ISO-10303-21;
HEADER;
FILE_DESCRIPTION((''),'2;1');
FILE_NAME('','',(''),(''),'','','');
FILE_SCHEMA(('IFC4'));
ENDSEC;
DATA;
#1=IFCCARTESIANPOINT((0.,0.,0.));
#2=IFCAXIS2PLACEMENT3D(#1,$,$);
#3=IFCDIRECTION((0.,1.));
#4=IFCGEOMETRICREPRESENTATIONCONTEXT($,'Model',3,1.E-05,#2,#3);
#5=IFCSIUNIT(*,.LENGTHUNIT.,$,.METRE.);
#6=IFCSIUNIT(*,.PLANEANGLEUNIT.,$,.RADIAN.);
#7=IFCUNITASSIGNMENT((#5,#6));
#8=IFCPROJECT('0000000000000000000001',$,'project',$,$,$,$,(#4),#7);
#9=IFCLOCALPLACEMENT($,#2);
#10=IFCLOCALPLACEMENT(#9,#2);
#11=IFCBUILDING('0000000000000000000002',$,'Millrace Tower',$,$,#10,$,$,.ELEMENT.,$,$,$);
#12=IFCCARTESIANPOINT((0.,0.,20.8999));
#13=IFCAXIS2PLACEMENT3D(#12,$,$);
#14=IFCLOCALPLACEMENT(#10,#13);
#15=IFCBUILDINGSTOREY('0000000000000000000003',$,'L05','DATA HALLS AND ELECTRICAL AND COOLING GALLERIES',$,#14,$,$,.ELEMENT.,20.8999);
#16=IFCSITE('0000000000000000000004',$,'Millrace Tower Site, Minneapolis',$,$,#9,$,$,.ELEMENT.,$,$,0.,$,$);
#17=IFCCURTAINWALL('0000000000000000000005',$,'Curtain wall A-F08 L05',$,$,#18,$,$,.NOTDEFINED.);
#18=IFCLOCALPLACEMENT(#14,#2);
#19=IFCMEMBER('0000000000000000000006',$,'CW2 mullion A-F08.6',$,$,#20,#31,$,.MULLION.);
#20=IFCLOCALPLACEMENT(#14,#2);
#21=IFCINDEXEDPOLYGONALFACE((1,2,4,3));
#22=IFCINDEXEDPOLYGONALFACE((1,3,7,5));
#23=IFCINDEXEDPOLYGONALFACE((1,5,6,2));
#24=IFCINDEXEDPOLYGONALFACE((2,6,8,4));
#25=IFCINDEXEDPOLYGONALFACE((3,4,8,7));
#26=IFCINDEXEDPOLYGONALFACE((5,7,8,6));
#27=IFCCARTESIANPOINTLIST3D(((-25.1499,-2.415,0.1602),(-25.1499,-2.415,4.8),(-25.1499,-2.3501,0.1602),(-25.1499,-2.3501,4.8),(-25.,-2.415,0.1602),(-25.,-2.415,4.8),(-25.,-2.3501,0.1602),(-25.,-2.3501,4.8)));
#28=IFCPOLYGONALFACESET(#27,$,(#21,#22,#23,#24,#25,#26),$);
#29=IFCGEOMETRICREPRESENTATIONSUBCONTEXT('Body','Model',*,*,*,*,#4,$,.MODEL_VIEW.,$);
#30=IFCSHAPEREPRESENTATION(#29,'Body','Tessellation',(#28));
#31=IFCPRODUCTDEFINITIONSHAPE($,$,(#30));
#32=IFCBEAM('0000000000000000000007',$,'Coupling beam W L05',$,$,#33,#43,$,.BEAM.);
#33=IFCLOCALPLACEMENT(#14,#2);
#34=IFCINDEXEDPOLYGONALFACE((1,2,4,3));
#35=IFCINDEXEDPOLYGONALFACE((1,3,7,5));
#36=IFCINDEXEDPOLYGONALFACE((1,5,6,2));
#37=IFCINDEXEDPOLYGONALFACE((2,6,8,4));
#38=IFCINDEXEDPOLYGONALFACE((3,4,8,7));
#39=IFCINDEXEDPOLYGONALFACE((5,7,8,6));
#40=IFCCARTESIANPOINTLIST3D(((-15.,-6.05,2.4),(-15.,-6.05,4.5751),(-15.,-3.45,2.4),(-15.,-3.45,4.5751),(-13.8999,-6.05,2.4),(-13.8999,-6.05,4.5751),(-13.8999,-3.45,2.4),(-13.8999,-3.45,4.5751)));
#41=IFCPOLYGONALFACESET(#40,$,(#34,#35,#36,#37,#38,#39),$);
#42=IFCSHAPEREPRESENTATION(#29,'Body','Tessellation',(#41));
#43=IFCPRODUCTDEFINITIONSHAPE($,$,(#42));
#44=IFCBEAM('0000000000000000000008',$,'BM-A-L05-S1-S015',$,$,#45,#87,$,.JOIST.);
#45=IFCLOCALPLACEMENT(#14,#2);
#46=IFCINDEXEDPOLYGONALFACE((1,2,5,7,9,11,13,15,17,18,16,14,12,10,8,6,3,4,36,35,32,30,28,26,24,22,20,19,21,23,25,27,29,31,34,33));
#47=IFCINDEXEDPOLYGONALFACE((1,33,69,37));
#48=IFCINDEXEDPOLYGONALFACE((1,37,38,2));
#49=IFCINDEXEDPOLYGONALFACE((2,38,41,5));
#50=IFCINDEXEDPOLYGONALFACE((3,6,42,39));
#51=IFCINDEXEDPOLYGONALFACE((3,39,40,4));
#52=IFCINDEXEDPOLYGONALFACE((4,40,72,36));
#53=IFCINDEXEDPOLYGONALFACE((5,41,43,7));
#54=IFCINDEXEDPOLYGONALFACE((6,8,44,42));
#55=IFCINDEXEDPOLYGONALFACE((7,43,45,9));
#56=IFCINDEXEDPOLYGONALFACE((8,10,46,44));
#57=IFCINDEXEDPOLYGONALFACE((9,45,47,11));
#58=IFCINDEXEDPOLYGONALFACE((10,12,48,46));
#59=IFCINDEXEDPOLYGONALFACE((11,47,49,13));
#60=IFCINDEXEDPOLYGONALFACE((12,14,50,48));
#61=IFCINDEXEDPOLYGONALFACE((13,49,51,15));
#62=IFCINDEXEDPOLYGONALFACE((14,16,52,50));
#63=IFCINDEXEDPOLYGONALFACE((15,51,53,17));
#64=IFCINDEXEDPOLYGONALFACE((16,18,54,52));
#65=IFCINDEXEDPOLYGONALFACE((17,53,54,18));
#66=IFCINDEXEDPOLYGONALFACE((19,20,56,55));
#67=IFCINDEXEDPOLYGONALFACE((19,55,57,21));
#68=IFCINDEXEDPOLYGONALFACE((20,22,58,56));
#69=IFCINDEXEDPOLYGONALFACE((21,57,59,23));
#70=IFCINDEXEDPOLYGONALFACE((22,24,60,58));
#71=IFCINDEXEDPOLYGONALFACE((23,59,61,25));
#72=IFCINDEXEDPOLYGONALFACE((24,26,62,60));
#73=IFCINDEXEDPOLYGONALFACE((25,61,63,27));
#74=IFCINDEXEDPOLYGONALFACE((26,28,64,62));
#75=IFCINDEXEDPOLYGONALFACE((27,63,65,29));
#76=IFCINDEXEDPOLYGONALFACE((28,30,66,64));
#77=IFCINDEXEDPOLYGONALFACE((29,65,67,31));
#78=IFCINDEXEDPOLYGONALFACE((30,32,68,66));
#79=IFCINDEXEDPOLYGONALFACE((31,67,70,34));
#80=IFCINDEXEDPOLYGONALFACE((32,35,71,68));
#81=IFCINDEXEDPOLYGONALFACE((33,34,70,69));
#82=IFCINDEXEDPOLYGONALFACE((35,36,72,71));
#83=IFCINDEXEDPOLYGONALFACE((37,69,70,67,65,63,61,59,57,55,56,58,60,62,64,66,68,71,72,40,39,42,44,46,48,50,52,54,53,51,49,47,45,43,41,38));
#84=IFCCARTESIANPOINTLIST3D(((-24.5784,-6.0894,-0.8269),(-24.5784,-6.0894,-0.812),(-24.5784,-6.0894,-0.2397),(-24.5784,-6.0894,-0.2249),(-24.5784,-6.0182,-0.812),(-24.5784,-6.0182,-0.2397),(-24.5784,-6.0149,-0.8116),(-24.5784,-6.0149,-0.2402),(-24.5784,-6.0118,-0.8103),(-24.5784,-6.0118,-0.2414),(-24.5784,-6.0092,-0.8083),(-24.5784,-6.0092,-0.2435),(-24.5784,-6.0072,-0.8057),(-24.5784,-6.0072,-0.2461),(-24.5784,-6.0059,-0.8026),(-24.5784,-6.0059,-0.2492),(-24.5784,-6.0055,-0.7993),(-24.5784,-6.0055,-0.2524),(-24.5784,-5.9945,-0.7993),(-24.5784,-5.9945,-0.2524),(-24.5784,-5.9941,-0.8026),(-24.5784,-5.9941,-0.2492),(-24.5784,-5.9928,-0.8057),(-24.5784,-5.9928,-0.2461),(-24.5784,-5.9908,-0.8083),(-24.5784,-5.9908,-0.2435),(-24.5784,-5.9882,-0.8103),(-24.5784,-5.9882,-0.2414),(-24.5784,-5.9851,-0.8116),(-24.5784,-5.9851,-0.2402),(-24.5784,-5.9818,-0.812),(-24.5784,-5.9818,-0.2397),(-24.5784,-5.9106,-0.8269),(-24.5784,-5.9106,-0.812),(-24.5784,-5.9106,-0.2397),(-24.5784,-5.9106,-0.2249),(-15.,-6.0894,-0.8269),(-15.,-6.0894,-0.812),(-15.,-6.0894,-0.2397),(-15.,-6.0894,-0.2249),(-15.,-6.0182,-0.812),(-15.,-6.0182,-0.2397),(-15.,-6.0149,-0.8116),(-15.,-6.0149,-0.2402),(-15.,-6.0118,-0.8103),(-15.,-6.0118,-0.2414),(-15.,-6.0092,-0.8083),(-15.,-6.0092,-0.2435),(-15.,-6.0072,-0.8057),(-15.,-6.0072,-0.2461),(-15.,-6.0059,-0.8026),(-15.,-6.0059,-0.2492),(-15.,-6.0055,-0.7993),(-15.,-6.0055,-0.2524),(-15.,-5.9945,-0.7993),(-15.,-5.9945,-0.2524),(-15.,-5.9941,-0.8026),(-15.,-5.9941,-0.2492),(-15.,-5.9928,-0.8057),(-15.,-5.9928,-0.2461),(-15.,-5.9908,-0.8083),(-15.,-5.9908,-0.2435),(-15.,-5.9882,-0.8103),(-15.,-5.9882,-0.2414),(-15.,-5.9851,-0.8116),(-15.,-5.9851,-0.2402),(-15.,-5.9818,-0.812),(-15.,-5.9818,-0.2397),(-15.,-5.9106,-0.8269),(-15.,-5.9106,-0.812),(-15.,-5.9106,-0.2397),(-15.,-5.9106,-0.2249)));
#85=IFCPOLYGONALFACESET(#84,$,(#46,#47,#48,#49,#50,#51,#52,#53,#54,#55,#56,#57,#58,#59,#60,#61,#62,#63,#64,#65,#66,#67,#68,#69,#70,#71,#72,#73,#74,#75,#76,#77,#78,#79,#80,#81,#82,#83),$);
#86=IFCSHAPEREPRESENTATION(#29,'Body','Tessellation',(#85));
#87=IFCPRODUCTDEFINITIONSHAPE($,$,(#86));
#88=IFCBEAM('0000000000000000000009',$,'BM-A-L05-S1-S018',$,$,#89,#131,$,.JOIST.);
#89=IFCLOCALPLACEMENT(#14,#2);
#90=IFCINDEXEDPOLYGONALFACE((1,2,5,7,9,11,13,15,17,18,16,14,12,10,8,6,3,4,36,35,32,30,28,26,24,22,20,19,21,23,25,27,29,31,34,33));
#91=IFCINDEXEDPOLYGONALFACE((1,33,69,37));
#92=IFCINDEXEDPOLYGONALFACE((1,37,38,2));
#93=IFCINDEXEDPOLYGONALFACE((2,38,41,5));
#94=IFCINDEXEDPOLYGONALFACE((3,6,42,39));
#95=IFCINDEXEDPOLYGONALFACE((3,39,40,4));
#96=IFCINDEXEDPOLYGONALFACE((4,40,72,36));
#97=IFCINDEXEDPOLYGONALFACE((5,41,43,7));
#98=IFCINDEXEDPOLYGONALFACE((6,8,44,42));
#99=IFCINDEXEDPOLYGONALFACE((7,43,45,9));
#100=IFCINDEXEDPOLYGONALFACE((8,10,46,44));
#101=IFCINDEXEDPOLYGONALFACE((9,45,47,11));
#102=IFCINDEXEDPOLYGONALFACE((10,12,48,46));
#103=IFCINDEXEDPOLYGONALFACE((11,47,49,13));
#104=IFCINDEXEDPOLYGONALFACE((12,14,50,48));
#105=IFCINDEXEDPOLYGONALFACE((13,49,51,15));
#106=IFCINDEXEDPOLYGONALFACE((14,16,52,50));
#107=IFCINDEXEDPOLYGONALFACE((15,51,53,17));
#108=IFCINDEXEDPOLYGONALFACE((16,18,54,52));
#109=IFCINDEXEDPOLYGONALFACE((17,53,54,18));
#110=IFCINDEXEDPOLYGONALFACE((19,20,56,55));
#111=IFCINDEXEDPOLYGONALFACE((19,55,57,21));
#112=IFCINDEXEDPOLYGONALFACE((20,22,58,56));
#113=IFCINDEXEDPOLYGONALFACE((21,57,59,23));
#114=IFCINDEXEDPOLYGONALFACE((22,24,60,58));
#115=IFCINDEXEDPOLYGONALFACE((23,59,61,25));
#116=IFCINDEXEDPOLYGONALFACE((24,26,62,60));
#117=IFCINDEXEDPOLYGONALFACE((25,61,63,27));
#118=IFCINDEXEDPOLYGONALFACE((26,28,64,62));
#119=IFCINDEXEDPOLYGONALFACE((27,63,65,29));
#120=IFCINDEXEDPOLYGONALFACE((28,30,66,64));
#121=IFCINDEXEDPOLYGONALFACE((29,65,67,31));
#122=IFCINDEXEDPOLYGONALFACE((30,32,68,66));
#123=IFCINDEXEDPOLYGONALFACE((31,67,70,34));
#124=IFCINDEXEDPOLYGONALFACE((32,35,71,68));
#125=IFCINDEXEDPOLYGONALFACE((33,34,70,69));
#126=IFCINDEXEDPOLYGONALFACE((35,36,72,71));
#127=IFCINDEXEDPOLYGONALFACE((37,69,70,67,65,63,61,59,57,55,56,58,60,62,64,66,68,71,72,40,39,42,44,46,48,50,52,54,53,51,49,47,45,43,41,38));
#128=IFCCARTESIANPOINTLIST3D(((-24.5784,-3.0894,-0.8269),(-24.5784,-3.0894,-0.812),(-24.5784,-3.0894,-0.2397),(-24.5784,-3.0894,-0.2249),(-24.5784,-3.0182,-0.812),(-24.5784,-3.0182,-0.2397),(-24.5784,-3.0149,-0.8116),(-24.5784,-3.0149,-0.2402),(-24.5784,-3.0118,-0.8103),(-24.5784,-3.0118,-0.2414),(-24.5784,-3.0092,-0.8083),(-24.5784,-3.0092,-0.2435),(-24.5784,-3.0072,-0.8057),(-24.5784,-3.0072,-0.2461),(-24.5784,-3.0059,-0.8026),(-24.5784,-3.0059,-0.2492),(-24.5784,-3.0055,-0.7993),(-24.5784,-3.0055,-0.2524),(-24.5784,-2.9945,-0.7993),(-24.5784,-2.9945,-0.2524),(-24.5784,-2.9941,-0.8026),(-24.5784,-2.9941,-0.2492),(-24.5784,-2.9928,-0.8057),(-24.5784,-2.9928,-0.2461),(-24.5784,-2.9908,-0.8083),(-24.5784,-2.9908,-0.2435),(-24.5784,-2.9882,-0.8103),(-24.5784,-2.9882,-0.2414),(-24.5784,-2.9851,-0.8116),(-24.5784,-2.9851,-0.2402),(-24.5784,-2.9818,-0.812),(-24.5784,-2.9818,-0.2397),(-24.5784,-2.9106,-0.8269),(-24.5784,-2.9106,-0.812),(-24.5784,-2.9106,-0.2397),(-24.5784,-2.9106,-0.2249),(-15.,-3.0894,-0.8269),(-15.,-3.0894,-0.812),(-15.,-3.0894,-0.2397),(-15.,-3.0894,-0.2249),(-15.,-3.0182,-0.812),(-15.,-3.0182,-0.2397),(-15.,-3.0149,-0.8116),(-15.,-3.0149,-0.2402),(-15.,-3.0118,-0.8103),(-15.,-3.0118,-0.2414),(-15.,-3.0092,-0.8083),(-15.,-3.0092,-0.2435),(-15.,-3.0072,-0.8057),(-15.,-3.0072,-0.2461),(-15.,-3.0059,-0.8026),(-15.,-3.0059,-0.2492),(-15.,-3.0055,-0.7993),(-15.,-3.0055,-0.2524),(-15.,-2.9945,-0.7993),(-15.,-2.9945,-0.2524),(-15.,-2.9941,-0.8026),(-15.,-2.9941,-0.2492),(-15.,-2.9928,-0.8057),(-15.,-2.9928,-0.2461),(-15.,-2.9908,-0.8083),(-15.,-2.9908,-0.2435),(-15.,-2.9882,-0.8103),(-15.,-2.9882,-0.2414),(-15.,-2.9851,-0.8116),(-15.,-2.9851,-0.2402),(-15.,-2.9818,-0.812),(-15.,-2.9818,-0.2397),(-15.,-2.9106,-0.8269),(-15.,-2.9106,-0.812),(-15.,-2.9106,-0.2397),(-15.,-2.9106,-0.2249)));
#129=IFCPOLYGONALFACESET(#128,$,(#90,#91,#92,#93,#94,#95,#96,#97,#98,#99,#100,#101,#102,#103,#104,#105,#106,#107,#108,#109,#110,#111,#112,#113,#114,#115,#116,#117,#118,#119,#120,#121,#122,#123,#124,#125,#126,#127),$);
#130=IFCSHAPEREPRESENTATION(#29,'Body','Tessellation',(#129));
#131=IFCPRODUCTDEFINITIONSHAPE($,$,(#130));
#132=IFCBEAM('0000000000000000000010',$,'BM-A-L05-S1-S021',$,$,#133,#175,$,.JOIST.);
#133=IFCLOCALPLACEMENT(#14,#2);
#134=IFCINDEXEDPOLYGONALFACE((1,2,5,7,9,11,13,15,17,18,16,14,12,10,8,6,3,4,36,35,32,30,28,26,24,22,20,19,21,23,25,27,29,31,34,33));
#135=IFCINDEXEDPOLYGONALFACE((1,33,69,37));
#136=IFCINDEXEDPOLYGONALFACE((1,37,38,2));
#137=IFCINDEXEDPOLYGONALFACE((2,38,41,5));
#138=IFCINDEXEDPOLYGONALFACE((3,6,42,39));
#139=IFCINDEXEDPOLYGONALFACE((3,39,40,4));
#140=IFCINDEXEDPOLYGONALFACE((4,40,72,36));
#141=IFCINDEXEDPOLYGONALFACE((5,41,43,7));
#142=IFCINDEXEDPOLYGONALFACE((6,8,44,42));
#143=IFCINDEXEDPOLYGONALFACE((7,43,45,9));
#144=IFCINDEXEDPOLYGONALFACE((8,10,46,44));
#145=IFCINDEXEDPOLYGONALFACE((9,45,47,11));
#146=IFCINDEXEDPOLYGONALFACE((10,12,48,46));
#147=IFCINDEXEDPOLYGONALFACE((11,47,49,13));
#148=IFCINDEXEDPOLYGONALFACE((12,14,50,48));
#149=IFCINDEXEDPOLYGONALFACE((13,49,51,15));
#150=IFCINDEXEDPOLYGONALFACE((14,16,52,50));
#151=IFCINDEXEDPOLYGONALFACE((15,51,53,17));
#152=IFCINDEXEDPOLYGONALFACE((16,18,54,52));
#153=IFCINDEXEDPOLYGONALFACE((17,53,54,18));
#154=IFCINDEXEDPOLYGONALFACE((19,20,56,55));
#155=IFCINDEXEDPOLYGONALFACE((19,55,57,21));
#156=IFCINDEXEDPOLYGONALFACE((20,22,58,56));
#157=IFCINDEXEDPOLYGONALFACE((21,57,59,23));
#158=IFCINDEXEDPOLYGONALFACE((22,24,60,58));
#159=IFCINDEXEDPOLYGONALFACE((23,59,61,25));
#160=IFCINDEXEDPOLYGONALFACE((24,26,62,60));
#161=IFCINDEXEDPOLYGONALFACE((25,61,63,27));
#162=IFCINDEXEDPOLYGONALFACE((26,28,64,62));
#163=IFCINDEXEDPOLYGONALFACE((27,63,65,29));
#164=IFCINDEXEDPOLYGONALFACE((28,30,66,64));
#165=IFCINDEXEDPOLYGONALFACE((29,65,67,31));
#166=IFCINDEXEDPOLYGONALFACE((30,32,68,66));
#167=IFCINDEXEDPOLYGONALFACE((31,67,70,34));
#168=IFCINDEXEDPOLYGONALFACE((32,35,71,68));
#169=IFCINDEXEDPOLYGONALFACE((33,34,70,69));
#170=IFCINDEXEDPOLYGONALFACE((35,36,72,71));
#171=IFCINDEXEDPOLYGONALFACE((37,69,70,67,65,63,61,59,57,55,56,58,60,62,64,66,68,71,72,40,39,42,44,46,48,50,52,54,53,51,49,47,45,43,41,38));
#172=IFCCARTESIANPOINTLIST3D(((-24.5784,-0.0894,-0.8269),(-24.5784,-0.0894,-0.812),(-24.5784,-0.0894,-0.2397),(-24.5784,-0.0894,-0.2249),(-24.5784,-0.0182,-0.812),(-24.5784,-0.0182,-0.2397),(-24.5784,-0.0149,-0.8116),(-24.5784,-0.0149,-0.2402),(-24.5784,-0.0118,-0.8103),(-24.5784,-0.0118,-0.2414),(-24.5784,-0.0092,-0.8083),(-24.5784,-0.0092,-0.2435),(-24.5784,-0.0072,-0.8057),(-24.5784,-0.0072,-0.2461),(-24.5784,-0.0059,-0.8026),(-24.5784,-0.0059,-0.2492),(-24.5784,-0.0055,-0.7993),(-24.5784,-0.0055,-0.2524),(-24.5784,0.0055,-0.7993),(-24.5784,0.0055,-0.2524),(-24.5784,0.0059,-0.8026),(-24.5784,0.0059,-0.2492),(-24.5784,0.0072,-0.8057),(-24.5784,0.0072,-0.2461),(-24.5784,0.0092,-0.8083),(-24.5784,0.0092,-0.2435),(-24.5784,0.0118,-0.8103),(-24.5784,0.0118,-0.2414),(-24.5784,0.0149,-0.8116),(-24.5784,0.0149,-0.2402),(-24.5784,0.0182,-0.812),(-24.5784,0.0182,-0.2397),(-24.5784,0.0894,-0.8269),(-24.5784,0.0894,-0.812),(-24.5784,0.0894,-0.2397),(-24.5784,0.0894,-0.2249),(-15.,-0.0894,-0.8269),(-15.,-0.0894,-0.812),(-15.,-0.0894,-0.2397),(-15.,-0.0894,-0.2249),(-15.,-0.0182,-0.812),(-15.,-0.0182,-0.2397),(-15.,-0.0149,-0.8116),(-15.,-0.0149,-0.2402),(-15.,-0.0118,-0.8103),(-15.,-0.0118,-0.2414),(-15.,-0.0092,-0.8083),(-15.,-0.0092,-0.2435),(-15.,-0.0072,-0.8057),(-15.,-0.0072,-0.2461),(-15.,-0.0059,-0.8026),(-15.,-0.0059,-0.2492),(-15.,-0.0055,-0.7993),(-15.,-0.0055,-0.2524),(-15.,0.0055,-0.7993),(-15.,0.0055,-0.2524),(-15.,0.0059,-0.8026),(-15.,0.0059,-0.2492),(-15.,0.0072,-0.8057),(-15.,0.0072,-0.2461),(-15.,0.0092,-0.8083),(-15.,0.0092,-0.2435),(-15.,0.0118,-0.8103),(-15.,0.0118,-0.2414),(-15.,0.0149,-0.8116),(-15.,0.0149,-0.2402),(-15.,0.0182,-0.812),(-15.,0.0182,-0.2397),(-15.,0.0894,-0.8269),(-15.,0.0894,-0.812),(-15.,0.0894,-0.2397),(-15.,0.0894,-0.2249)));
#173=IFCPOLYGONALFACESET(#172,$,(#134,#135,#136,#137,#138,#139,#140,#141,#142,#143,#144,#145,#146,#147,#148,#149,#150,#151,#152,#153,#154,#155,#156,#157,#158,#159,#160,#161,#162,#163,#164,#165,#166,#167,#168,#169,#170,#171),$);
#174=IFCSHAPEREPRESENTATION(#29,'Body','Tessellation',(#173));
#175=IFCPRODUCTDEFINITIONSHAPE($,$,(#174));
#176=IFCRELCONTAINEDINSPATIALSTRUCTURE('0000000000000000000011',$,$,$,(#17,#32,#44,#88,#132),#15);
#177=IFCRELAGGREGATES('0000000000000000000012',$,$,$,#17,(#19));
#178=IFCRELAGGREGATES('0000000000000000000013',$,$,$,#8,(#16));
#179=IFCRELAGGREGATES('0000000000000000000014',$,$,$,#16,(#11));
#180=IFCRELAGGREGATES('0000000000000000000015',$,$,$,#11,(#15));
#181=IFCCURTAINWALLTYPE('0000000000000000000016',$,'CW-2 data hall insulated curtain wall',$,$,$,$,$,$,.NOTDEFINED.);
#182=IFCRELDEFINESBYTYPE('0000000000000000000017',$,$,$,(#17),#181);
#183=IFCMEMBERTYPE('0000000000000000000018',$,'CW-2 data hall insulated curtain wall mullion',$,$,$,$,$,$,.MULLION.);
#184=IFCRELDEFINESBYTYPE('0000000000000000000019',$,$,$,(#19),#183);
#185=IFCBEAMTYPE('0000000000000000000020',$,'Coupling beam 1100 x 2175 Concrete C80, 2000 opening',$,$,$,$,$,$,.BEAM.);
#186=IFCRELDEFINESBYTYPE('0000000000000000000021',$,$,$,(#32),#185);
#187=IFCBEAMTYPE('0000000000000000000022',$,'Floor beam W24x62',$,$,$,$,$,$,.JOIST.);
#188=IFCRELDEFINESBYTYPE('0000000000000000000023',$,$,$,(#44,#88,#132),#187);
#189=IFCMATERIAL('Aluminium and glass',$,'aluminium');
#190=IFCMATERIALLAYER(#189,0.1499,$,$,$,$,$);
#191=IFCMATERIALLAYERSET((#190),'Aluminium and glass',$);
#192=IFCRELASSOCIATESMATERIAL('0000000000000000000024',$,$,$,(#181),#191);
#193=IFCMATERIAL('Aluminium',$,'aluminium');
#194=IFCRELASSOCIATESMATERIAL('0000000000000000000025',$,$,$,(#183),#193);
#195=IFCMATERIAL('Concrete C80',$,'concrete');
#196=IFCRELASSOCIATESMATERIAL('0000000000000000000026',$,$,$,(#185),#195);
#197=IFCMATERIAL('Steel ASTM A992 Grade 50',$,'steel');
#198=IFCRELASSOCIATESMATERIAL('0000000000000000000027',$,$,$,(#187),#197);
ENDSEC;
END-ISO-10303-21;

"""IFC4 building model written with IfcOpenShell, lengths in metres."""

from ifc_helpers import new_model, si_unit, direction, frame, origin, origin_2d, place, context, subcontext, project, spatial, rectangle, i_section, extrude, material, layer, layer_set, material_profile, profile_set, type_object, element, aggregate, save


model = new_model("IFC4")

# Units and contexts
model_context = context("Model", 3, precision=1e-05, world=origin(), true_north=direction((0.0, 1.0)))
body_context = subcontext(model_context, "Body", "Model", "MODEL_VIEW")
ifc_project = project(units=[si_unit("LENGTHUNIT", "METRE"), si_unit("PLANEANGLEUNIT", "RADIAN")], contexts=[model_context])

# Site, building, storey
site_placement = place(None, origin())
site = spatial("IfcSite", under=ifc_project, at=site_placement, Name="Millrace Tower Site, Minneapolis", CompositionType="ELEMENT", RefElevation=0.0)
building_placement = place(site_placement, origin())
building = spatial("IfcBuilding", under=site, at=building_placement, Name="Millrace Tower", CompositionType="ELEMENT")
storey_placement = place(building_placement, frame((0.0, 0.0, 20.8999)))
storey = spatial("IfcBuildingStorey", under=building, at=storey_placement, Name="L05", Description="DATA HALLS AND ELECTRICAL AND COOLING GALLERIES", CompositionType="ELEMENT", Elevation=20.8999)

# Curtain wall, member
ifc_material_1 = material(Name="Aluminium and glass", Category="aluminium")
ifc_layer_1 = layer(ifc_material_1, 0.1499)
ifc_layer_set_1 = layer_set([ifc_layer_1], Name="Aluminium and glass")
curtain_wall_type = type_object("IfcCurtainWallType", Name="CW-2 data hall insulated curtain wall", PredefinedType="NOTDEFINED", material=ifc_layer_set_1)
curtain_wall_placement = place(storey_placement, origin())
curtain_wall = element("IfcCurtainWall", 1, at=curtain_wall_placement, inside=storey, type_object=curtain_wall_type, Name="Curtain wall A-F08 L05", PredefinedType="NOTDEFINED")
ifc_material_2 = material(Name="Aluminium", Category="aluminium")
ifc_material_profile_1 = material_profile(ifc_material_2, rectangle(XDim=0.0649, YDim=0.1499, at=origin_2d()))
ifc_profile_set_1 = profile_set([ifc_material_profile_1], Name="Aluminium")
member_type = type_object("IfcMemberType", Name="CW-2 data hall insulated curtain wall mullion", PredefinedType="MULLION", material=ifc_profile_set_1)
member_placement = place(storey_placement, frame((-25.075, -2.3826, 0.1602), z_axis=(0.0, 0.0, 1.0), x_axis=(0.0, -1.0, 0.0)))
member = element("IfcMember", 2, at=member_placement, type_object=member_type, Name="CW2 mullion A-F08.6", PredefinedType="MULLION", context=body_context, shape_type="SweptSolid", body=[
    extrude(rectangle(XDim=0.0649, YDim=0.1499, at=origin_2d()), origin(), (0.0, 0.0, 1.0), 4.6399),
])
aggregate(curtain_wall, [member])

# Beams
ifc_material_3 = material(Name="Concrete C80", Category="concrete")
ifc_material_profile_2 = material_profile(ifc_material_3, rectangle(XDim=1.1001, YDim=2.175, at=origin_2d()))
ifc_profile_set_2 = profile_set([ifc_material_profile_2], Name="Concrete C80")
beam_type_1 = type_object("IfcBeamType", Name="Coupling beam 1100 x 2175 Concrete C80, 2000 opening", PredefinedType="BEAM", material=ifc_profile_set_2)
beam_1_placement = place(storey_placement, frame((-14.45, -6.05, 3.4875), z_axis=(0.0, 1.0, 0.0), x_axis=(-1.0, 0.0, 0.0)))
element("IfcBeam", 3, at=beam_1_placement, inside=storey, type_object=beam_type_1, Name="Coupling beam W L05", PredefinedType="BEAM", context=body_context, shape_type="SweptSolid", body=[
    extrude(rectangle(XDim=1.1001, YDim=2.175, at=origin_2d()), origin(), (0.0, 0.0, 1.0), 2.6001),
])
ifc_material_4 = material(Name="Steel ASTM A992 Grade 50", Category="steel")
ifc_material_profile_3 = material_profile(ifc_material_4, i_section(OverallWidth=0.1787, OverallDepth=0.6021, WebThickness=0.011, FlangeThickness=0.0149, FilletRadius=0.0127, at=origin_2d()))
ifc_profile_set_3 = profile_set([ifc_material_profile_3], Name="Steel ASTM A992 Grade 50")
beam_type_2 = type_object("IfcBeamType", Name="Floor beam W24x62", PredefinedType="JOIST", material=ifc_profile_set_3)
for number, where, z_axis, x_axis, name in (
    (4, (-24.5784, -6.0, -0.5259), (1.0, 0.0, 0.0), (0.0, 1.0, 0.0), "BM-A-L05-S1-S015"),
    (5, (-24.5784, -3.0, -0.5259), (1.0, 0.0, 0.0), (0.0, 1.0, 0.0), "BM-A-L05-S1-S018"),
    (6, (-24.5784, 0.0, -0.5259), (1.0, 0.0, 0.0), (0.0, 1.0, 0.0), "BM-A-L05-S1-S021"),
):
    element("IfcBeam", number, at=place(storey_placement, frame(where, z_axis=z_axis, x_axis=x_axis)), inside=storey, type_object=beam_type_2, Name=name, PredefinedType="JOIST", context=body_context, shape_type="SweptSolid", body=[
        extrude(i_section(OverallWidth=0.1787, OverallDepth=0.6021, WebThickness=0.011, FlangeThickness=0.0149, FilletRadius=0.0127, at=origin_2d()), origin(), (0.0, 0.0, 1.0), 9.5784),
    ])

save(model, "model.ifc")
